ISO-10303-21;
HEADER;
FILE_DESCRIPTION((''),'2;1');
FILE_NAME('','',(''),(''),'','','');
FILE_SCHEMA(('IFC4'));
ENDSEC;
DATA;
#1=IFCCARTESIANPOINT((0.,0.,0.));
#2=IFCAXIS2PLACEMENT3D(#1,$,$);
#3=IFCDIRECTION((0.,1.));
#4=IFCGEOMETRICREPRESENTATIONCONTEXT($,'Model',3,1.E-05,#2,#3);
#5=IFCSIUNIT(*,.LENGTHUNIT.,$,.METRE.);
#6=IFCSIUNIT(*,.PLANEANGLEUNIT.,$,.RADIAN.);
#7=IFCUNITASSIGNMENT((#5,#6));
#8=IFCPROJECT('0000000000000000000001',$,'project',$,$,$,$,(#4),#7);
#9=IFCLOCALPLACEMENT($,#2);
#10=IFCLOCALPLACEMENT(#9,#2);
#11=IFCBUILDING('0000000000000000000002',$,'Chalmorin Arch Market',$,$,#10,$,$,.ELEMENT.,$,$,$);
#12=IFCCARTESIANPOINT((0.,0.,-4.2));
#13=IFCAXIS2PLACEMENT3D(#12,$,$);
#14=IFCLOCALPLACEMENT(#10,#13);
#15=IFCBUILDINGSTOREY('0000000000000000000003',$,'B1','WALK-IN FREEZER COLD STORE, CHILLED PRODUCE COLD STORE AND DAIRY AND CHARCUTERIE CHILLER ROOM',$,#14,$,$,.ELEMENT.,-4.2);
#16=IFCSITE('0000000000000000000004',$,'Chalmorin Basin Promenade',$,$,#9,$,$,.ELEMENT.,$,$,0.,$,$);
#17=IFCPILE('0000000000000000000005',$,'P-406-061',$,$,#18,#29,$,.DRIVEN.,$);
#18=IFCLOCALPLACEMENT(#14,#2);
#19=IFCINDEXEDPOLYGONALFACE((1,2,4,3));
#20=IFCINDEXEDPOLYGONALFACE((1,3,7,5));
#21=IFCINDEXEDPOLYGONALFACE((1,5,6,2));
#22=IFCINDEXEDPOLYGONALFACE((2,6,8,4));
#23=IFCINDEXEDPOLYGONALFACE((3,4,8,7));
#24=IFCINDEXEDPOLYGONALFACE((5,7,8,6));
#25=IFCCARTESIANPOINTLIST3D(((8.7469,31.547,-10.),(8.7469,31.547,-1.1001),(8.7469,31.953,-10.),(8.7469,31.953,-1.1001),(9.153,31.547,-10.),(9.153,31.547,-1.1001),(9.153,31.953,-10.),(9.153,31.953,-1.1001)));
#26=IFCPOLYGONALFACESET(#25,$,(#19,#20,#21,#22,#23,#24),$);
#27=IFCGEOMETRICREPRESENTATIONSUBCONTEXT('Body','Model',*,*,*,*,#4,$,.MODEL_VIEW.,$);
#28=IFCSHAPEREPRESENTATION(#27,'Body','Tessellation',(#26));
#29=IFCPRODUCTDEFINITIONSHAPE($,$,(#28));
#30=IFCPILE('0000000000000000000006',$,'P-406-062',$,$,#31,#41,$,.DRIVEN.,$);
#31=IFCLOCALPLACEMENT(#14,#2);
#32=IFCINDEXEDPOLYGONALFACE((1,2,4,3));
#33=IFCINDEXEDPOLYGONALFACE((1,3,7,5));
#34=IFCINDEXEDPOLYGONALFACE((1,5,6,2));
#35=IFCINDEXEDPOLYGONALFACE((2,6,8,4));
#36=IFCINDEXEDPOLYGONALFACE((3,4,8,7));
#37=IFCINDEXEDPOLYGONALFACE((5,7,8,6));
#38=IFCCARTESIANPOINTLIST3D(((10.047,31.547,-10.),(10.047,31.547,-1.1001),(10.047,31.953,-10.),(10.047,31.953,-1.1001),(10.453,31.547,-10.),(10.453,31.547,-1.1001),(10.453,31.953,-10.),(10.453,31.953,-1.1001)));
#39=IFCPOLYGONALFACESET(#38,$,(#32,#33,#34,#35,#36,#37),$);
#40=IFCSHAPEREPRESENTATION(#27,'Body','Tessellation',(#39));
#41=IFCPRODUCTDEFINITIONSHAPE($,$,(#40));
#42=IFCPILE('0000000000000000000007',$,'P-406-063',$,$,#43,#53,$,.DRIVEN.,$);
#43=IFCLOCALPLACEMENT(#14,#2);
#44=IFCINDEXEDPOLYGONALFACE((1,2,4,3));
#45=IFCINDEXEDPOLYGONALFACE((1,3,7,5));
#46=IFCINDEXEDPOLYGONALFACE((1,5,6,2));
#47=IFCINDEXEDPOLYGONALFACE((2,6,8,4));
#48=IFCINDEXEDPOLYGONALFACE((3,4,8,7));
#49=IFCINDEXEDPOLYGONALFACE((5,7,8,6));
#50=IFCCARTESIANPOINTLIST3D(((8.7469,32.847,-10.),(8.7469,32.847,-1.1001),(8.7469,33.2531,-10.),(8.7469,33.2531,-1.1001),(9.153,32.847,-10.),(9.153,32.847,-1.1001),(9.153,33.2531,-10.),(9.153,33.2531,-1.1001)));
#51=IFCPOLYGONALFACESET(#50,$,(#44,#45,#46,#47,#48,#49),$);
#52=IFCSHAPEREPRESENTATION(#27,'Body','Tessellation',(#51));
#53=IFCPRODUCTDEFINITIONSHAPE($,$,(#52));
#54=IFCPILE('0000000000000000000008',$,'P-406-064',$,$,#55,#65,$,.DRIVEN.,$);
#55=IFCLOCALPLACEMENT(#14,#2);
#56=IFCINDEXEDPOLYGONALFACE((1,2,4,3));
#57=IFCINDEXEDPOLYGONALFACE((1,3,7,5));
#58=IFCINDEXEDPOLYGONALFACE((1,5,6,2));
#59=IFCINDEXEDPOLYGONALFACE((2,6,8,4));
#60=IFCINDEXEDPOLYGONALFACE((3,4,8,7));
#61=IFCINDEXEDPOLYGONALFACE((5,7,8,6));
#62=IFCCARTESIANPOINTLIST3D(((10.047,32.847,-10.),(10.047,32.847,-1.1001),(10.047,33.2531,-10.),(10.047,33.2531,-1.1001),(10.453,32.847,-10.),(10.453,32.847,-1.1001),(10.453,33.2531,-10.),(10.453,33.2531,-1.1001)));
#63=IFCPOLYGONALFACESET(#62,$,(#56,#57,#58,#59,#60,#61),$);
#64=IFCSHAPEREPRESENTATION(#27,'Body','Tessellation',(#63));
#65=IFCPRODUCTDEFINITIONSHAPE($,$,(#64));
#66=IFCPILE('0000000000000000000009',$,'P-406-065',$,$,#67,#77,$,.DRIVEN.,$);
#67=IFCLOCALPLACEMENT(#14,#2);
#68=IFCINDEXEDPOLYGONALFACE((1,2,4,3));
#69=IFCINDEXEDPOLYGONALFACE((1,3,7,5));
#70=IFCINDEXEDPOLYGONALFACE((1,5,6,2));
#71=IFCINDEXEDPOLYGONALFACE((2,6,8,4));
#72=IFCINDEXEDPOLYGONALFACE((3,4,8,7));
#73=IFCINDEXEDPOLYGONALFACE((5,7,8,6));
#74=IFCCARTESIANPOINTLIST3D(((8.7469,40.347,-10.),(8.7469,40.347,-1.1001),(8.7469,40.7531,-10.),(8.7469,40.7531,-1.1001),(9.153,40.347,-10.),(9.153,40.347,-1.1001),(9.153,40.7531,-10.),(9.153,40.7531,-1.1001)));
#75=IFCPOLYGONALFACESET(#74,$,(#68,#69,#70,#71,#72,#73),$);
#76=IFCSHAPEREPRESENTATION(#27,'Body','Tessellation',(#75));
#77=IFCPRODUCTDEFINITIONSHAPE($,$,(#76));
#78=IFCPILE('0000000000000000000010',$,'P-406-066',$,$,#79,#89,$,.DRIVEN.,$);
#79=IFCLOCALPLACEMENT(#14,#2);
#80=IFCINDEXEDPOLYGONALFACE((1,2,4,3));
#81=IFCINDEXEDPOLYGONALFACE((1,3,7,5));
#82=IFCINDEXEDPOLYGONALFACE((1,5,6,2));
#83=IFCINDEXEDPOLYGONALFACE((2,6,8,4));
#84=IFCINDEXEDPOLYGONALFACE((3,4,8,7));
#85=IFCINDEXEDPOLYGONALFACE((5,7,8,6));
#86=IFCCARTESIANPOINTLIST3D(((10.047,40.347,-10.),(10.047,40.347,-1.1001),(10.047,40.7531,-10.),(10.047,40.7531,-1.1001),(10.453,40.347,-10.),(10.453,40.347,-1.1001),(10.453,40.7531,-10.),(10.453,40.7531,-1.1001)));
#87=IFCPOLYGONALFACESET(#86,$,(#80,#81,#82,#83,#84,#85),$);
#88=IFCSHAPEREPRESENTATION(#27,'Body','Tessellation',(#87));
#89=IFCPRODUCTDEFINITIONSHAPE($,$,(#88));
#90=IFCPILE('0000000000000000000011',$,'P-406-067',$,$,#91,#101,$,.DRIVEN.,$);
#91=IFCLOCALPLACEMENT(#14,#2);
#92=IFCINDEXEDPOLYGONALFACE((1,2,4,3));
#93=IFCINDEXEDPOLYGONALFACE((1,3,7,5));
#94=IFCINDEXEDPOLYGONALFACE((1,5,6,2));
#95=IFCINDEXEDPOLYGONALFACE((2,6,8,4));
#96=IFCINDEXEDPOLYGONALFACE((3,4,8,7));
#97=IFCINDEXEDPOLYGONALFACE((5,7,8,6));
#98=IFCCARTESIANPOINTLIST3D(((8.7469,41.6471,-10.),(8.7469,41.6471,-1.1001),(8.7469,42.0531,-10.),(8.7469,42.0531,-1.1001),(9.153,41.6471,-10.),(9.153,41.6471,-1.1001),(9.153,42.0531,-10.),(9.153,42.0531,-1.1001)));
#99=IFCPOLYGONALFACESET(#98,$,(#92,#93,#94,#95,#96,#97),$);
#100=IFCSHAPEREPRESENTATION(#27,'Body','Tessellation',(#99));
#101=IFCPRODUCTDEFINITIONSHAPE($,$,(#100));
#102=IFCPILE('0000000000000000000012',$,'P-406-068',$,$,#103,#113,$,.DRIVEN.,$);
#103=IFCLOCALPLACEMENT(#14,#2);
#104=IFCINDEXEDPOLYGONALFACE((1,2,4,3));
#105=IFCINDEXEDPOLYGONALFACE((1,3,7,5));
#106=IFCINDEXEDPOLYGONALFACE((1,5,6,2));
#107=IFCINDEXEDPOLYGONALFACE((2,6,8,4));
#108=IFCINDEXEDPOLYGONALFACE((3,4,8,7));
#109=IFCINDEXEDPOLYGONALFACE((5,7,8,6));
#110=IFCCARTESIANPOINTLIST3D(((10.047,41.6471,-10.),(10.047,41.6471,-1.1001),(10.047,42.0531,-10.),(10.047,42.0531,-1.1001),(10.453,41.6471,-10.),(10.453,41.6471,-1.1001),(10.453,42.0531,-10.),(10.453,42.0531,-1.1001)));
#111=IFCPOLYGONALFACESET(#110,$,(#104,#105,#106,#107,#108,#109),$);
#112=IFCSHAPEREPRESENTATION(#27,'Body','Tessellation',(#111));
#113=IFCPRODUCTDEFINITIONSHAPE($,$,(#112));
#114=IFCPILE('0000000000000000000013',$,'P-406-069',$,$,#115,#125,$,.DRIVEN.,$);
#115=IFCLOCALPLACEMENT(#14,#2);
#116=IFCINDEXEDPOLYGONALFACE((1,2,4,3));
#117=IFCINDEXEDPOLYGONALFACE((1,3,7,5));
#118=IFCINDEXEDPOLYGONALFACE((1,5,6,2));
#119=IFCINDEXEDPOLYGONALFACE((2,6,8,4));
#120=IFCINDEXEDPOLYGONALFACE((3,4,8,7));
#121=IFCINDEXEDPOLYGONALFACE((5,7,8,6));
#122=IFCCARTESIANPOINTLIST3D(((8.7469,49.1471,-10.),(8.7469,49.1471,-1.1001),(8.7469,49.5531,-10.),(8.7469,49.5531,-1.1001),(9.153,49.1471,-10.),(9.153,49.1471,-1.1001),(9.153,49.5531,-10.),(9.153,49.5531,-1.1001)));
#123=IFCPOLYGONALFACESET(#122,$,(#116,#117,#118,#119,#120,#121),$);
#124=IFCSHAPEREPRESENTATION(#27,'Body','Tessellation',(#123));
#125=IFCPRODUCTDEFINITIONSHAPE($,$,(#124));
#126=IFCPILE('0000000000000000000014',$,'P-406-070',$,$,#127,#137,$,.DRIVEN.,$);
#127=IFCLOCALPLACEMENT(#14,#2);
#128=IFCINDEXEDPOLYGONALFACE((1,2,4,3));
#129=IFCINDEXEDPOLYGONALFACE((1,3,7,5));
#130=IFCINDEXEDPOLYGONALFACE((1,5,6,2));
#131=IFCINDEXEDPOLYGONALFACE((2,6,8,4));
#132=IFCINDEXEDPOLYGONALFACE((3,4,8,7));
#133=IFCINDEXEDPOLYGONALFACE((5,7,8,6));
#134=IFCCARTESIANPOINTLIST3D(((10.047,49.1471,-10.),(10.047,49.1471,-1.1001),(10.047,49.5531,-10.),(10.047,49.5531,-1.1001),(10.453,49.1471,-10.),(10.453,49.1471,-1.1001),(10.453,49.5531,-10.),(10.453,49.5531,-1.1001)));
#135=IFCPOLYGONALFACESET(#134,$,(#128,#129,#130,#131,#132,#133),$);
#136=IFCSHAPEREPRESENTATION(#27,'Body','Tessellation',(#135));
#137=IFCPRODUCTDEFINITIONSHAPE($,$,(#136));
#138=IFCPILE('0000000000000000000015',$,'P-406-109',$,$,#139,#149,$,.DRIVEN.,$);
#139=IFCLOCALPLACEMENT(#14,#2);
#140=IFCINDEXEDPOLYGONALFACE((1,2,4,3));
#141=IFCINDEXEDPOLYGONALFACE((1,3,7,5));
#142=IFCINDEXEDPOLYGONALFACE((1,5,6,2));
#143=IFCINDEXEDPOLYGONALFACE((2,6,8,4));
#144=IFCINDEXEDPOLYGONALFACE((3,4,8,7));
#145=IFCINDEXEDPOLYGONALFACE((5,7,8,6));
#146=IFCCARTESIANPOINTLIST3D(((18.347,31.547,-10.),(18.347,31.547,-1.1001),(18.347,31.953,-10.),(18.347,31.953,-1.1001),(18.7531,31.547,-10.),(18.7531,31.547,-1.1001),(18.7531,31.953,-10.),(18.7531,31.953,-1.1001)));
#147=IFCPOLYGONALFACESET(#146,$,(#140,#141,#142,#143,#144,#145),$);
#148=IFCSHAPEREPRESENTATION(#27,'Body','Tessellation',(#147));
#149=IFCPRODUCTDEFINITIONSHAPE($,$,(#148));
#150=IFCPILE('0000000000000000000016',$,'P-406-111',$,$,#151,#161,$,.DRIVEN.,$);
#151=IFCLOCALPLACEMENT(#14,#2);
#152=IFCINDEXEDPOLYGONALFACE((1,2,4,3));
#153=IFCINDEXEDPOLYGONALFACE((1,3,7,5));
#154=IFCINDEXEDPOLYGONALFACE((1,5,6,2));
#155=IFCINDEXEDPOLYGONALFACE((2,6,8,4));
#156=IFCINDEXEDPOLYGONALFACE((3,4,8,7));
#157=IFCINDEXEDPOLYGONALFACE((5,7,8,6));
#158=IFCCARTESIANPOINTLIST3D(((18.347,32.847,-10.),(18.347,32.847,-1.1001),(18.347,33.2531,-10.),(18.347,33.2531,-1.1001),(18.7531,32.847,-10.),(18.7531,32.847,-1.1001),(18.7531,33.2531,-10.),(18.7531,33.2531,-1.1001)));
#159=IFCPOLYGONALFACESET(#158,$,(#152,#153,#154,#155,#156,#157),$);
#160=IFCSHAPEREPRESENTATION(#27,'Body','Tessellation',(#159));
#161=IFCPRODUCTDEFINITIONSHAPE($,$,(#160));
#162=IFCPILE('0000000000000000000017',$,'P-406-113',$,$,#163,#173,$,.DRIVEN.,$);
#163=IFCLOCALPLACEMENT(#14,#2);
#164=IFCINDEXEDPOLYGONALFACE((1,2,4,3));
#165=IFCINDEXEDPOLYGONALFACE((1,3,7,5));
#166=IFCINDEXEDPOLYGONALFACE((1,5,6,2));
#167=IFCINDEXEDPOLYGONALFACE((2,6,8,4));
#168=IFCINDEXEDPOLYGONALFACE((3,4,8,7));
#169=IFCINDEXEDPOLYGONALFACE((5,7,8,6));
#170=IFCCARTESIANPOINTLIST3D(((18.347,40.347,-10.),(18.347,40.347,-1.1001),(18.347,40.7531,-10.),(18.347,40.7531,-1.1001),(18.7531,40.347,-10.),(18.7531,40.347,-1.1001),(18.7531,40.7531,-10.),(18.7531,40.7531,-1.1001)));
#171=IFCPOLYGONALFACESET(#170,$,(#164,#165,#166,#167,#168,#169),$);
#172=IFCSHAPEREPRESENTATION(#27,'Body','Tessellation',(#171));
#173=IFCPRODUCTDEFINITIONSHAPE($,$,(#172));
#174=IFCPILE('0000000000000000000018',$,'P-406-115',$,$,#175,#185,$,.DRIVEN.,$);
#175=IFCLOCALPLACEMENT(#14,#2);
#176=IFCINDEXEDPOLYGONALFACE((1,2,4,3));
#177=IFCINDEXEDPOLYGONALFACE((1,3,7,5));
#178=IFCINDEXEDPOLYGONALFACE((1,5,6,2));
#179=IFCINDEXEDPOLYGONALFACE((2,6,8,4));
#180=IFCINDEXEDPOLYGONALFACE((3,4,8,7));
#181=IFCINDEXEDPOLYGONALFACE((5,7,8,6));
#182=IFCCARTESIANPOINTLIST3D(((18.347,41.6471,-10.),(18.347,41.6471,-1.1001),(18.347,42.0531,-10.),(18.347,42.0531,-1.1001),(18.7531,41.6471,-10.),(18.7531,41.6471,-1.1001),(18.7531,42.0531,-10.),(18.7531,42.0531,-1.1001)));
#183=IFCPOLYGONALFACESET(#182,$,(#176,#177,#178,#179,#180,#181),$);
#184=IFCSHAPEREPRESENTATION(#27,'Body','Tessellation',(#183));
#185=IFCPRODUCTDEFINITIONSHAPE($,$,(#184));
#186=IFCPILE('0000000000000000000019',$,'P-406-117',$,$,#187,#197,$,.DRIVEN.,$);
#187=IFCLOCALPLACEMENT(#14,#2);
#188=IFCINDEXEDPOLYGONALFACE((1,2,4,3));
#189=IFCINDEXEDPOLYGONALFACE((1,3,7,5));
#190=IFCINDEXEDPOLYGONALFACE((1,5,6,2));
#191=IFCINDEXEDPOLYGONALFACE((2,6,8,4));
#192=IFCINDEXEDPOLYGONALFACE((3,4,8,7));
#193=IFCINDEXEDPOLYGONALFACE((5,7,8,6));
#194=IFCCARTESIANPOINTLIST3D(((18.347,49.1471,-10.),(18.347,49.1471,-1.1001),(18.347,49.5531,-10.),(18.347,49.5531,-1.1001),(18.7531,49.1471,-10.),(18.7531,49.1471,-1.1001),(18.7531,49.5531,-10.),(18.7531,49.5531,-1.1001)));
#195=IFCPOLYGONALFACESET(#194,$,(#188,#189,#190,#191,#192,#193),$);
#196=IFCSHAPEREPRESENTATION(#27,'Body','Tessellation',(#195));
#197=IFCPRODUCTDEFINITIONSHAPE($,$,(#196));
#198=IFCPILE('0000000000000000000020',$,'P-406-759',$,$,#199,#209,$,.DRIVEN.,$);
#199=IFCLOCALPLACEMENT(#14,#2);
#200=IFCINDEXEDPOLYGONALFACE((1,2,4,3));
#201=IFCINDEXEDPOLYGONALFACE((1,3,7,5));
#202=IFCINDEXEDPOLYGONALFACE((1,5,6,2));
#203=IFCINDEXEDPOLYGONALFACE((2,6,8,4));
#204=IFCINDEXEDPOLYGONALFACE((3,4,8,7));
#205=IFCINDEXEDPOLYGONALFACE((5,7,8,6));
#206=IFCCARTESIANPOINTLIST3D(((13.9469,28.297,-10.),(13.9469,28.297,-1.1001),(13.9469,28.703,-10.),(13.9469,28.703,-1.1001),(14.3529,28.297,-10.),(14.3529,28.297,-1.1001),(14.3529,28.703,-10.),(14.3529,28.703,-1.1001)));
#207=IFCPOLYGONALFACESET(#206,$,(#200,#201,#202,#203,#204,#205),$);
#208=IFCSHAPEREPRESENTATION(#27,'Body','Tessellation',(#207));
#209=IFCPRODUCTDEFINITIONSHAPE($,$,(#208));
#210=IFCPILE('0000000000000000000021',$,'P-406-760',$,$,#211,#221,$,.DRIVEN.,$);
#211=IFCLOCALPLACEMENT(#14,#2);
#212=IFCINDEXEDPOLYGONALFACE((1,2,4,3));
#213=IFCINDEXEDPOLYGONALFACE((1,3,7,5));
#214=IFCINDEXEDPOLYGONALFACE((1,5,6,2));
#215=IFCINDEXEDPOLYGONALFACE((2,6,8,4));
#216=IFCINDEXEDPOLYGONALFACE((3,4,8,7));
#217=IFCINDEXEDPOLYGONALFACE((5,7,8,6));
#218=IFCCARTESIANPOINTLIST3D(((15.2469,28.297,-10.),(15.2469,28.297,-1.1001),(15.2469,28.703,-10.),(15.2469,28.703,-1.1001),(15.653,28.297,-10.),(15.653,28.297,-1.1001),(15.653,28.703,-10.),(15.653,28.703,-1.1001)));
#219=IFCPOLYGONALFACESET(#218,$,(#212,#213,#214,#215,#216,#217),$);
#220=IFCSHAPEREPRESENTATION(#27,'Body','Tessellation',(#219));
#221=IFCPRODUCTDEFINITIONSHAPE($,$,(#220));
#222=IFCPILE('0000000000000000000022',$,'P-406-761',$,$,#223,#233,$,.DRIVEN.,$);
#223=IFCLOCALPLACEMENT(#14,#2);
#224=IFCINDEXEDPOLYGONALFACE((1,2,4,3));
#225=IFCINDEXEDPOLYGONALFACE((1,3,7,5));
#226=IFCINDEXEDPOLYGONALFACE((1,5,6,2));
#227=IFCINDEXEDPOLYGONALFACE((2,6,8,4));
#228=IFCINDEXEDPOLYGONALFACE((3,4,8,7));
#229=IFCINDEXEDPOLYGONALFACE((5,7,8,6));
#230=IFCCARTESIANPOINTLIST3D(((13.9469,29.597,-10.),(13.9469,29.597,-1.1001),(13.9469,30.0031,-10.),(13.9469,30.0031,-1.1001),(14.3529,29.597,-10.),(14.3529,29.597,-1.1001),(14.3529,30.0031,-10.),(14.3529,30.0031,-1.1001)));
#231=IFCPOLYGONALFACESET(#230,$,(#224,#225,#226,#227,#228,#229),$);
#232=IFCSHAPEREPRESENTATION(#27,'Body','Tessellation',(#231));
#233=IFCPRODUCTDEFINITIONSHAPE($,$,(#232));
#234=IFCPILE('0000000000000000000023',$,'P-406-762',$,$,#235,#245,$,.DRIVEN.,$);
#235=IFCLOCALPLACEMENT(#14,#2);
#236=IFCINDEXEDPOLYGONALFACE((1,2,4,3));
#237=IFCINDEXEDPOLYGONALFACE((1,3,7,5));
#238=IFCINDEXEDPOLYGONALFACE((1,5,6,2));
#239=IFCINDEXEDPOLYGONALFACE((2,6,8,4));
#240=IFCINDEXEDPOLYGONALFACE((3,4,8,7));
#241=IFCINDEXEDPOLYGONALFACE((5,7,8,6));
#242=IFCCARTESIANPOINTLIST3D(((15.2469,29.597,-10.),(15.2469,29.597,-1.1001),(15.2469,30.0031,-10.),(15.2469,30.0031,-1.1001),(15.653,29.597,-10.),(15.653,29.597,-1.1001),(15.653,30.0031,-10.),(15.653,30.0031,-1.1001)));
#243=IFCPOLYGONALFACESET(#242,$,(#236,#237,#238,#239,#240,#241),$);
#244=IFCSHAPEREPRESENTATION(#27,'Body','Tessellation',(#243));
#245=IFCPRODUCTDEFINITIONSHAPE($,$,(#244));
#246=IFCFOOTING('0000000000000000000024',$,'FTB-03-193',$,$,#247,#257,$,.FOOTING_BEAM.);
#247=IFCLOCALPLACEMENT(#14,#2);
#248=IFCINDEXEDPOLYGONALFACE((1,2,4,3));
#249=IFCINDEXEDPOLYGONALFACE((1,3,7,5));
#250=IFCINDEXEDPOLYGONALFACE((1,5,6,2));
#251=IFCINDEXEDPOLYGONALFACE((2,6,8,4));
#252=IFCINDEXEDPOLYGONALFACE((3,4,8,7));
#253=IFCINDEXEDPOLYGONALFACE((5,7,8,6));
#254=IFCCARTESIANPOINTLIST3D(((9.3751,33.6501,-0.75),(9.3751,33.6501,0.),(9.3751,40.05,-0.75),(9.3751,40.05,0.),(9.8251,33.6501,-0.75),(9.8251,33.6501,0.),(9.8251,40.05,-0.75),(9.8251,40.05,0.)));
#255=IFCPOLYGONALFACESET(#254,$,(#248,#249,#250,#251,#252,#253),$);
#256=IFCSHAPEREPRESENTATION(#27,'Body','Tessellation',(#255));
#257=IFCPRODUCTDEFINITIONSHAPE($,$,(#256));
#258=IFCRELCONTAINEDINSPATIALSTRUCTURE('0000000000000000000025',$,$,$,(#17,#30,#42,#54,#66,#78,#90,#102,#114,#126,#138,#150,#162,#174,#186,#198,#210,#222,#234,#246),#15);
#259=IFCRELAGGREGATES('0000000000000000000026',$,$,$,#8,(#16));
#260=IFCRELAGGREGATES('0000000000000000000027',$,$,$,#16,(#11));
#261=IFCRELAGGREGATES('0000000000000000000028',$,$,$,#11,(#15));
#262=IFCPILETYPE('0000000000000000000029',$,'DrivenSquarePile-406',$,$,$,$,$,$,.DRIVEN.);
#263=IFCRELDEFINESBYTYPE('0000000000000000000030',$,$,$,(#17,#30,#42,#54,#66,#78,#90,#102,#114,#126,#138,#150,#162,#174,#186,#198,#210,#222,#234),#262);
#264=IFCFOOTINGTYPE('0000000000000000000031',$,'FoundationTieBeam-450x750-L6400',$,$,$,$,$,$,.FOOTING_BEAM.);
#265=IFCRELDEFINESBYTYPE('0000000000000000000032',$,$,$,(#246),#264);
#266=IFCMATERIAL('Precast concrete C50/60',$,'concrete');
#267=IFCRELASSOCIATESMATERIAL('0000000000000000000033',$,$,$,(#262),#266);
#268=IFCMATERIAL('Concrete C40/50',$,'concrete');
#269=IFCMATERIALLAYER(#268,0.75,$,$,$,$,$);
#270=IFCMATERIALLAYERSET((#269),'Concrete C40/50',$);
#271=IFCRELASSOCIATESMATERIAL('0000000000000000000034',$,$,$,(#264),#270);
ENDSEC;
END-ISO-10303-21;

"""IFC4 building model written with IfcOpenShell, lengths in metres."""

from ifc_helpers import new_model, si_unit, direction, frame, origin, origin_2d, place, context, subcontext, project, spatial, rectangle, extrude, material, layer, layer_set, material_profile, profile_set, type_object, element, save


model = new_model("IFC4")

# Units and contexts
model_context = context("Model", 3, precision=1e-05, world=origin(), true_north=direction((0.0, 1.0)))
body_context = subcontext(model_context, "Body", "Model", "MODEL_VIEW")
ifc_project = project(units=[si_unit("LENGTHUNIT", "METRE"), si_unit("PLANEANGLEUNIT", "RADIAN")], contexts=[model_context])

# Site, building, storey
site_placement = place(None, origin())
site = spatial("IfcSite", under=ifc_project, at=site_placement, Name="Chalmorin Basin Promenade", CompositionType="ELEMENT", RefElevation=0.0)
building_placement = place(site_placement, origin())
building = spatial("IfcBuilding", under=site, at=building_placement, Name="Chalmorin Arch Market", CompositionType="ELEMENT")
storey_placement = place(building_placement, frame((0.0, 0.0, -4.2)))
storey = spatial("IfcBuildingStorey", under=building, at=storey_placement, Name="B1", Description="WALK-IN FREEZER COLD STORE, CHILLED PRODUCE COLD STORE AND DAIRY AND CHARCUTERIE CHILLER ROOM", CompositionType="ELEMENT", Elevation=-4.2)

# Piles
ifc_material_1 = material(Name="Precast concrete C50/60", Category="concrete")
ifc_material_profile_1 = material_profile(ifc_material_1, rectangle(XDim=0.406, YDim=0.406, at=origin_2d()), Name="PPC406")
ifc_profile_set_1 = profile_set([ifc_material_profile_1], Name="Precast concrete C50/60")
pile_type = type_object("IfcPileType", Name="DrivenSquarePile-406", PredefinedType="DRIVEN", material=ifc_profile_set_1)
for number, where, z_axis, x_axis, name in (
    (1, (8.95, 31.75, -1.1001), (0.0, 0.0, -1.0), (1.0, 0.0, 0.0), "P-406-061"),
    (2, (10.25, 31.75, -1.1001), (0.0, 0.0, -1.0), (1.0, 0.0, 0.0), "P-406-062"),
    (3, (8.95, 33.05, -1.1001), (0.0, 0.0, -1.0), (1.0, 0.0, 0.0), "P-406-063"),
    (4, (10.25, 33.05, -1.1001), (0.0, 0.0, -1.0), (1.0, 0.0, 0.0), "P-406-064"),
    (5, (8.95, 40.55, -1.1001), (0.0, 0.0, -1.0), (1.0, 0.0, 0.0), "P-406-065"),
    (6, (10.25, 40.55, -1.1001), (0.0, 0.0, -1.0), (1.0, 0.0, 0.0), "P-406-066"),
    (7, (8.95, 41.8501, -1.1001), (0.0, 0.0, -1.0), (1.0, 0.0, 0.0), "P-406-067"),
    (8, (10.25, 41.8501, -1.1001), (0.0, 0.0, -1.0), (1.0, 0.0, 0.0), "P-406-068"),
    (9, (8.95, 49.3501, -1.1001), (0.0, 0.0, -1.0), (1.0, 0.0, 0.0), "P-406-069"),
    (10, (10.25, 49.3501, -1.1001), (0.0, 0.0, -1.0), (1.0, 0.0, 0.0), "P-406-070"),
    (11, (18.55, 31.75, -1.1001), (0.0, 0.0, -1.0), (1.0, 0.0, 0.0), "P-406-109"),
    (12, (18.55, 33.05, -1.1001), (0.0, 0.0, -1.0), (1.0, 0.0, 0.0), "P-406-111"),
    (13, (18.55, 40.55, -1.1001), (0.0, 0.0, -1.0), (1.0, 0.0, 0.0), "P-406-113"),
    (14, (18.55, 41.8501, -1.1001), (0.0, 0.0, -1.0), (1.0, 0.0, 0.0), "P-406-115"),
    (15, (18.55, 49.3501, -1.1001), (0.0, 0.0, -1.0), (1.0, 0.0, 0.0), "P-406-117"),
    (16, (14.1499, 28.5, -1.1001), (0.0, 0.0, -1.0), (1.0, 0.0, 0.0), "P-406-759"),
    (17, (15.45, 28.5, -1.1001), (0.0, 0.0, -1.0), (1.0, 0.0, 0.0), "P-406-760"),
    (18, (14.1499, 29.8, -1.1001), (0.0, 0.0, -1.0), (1.0, 0.0, 0.0), "P-406-761"),
    (19, (15.45, 29.8, -1.1001), (0.0, 0.0, -1.0), (1.0, 0.0, 0.0), "P-406-762"),
):
    element("IfcPile", number, at=place(storey_placement, frame(where, z_axis=z_axis, x_axis=x_axis)), inside=storey, type_object=pile_type, Name=name, PredefinedType="DRIVEN", context=body_context, shape_type="SweptSolid", body=[
        extrude(rectangle(XDim=0.406, YDim=0.406, at=origin_2d()), origin(), (0.0, 0.0, 1.0), 8.8999),
    ])

# Footing
ifc_material_2 = material(Name="Concrete C40/50", Category="concrete")
ifc_layer_1 = layer(ifc_material_2, 0.75)
ifc_layer_set_1 = layer_set([ifc_layer_1], Name="Concrete C40/50")
footing_type_1 = type_object("IfcFootingType", Name="FoundationTieBeam-450x750-L6400", PredefinedType="FOOTING_BEAM", material=ifc_layer_set_1)
for number, where, z_axis, x_axis, name in (
    (20, (9.6001, 36.8501, -0.75), (0.0, 0.0, 1.0), (0.0, 1.0, 0.0), "FTB-03-193"),
):
    element("IfcFooting", number, at=place(storey_placement, frame(where, z_axis=z_axis, x_axis=x_axis)), inside=storey, type_object=footing_type_1, Name=name, PredefinedType="FOOTING_BEAM", context=body_context, shape_type="SweptSolid", body=[
        extrude(rectangle(XDim=6.3999, YDim=0.45, at=origin_2d()), origin(), (0.0, 0.0, 1.0), 0.75),
    ])

save(model, "model.ifc")
